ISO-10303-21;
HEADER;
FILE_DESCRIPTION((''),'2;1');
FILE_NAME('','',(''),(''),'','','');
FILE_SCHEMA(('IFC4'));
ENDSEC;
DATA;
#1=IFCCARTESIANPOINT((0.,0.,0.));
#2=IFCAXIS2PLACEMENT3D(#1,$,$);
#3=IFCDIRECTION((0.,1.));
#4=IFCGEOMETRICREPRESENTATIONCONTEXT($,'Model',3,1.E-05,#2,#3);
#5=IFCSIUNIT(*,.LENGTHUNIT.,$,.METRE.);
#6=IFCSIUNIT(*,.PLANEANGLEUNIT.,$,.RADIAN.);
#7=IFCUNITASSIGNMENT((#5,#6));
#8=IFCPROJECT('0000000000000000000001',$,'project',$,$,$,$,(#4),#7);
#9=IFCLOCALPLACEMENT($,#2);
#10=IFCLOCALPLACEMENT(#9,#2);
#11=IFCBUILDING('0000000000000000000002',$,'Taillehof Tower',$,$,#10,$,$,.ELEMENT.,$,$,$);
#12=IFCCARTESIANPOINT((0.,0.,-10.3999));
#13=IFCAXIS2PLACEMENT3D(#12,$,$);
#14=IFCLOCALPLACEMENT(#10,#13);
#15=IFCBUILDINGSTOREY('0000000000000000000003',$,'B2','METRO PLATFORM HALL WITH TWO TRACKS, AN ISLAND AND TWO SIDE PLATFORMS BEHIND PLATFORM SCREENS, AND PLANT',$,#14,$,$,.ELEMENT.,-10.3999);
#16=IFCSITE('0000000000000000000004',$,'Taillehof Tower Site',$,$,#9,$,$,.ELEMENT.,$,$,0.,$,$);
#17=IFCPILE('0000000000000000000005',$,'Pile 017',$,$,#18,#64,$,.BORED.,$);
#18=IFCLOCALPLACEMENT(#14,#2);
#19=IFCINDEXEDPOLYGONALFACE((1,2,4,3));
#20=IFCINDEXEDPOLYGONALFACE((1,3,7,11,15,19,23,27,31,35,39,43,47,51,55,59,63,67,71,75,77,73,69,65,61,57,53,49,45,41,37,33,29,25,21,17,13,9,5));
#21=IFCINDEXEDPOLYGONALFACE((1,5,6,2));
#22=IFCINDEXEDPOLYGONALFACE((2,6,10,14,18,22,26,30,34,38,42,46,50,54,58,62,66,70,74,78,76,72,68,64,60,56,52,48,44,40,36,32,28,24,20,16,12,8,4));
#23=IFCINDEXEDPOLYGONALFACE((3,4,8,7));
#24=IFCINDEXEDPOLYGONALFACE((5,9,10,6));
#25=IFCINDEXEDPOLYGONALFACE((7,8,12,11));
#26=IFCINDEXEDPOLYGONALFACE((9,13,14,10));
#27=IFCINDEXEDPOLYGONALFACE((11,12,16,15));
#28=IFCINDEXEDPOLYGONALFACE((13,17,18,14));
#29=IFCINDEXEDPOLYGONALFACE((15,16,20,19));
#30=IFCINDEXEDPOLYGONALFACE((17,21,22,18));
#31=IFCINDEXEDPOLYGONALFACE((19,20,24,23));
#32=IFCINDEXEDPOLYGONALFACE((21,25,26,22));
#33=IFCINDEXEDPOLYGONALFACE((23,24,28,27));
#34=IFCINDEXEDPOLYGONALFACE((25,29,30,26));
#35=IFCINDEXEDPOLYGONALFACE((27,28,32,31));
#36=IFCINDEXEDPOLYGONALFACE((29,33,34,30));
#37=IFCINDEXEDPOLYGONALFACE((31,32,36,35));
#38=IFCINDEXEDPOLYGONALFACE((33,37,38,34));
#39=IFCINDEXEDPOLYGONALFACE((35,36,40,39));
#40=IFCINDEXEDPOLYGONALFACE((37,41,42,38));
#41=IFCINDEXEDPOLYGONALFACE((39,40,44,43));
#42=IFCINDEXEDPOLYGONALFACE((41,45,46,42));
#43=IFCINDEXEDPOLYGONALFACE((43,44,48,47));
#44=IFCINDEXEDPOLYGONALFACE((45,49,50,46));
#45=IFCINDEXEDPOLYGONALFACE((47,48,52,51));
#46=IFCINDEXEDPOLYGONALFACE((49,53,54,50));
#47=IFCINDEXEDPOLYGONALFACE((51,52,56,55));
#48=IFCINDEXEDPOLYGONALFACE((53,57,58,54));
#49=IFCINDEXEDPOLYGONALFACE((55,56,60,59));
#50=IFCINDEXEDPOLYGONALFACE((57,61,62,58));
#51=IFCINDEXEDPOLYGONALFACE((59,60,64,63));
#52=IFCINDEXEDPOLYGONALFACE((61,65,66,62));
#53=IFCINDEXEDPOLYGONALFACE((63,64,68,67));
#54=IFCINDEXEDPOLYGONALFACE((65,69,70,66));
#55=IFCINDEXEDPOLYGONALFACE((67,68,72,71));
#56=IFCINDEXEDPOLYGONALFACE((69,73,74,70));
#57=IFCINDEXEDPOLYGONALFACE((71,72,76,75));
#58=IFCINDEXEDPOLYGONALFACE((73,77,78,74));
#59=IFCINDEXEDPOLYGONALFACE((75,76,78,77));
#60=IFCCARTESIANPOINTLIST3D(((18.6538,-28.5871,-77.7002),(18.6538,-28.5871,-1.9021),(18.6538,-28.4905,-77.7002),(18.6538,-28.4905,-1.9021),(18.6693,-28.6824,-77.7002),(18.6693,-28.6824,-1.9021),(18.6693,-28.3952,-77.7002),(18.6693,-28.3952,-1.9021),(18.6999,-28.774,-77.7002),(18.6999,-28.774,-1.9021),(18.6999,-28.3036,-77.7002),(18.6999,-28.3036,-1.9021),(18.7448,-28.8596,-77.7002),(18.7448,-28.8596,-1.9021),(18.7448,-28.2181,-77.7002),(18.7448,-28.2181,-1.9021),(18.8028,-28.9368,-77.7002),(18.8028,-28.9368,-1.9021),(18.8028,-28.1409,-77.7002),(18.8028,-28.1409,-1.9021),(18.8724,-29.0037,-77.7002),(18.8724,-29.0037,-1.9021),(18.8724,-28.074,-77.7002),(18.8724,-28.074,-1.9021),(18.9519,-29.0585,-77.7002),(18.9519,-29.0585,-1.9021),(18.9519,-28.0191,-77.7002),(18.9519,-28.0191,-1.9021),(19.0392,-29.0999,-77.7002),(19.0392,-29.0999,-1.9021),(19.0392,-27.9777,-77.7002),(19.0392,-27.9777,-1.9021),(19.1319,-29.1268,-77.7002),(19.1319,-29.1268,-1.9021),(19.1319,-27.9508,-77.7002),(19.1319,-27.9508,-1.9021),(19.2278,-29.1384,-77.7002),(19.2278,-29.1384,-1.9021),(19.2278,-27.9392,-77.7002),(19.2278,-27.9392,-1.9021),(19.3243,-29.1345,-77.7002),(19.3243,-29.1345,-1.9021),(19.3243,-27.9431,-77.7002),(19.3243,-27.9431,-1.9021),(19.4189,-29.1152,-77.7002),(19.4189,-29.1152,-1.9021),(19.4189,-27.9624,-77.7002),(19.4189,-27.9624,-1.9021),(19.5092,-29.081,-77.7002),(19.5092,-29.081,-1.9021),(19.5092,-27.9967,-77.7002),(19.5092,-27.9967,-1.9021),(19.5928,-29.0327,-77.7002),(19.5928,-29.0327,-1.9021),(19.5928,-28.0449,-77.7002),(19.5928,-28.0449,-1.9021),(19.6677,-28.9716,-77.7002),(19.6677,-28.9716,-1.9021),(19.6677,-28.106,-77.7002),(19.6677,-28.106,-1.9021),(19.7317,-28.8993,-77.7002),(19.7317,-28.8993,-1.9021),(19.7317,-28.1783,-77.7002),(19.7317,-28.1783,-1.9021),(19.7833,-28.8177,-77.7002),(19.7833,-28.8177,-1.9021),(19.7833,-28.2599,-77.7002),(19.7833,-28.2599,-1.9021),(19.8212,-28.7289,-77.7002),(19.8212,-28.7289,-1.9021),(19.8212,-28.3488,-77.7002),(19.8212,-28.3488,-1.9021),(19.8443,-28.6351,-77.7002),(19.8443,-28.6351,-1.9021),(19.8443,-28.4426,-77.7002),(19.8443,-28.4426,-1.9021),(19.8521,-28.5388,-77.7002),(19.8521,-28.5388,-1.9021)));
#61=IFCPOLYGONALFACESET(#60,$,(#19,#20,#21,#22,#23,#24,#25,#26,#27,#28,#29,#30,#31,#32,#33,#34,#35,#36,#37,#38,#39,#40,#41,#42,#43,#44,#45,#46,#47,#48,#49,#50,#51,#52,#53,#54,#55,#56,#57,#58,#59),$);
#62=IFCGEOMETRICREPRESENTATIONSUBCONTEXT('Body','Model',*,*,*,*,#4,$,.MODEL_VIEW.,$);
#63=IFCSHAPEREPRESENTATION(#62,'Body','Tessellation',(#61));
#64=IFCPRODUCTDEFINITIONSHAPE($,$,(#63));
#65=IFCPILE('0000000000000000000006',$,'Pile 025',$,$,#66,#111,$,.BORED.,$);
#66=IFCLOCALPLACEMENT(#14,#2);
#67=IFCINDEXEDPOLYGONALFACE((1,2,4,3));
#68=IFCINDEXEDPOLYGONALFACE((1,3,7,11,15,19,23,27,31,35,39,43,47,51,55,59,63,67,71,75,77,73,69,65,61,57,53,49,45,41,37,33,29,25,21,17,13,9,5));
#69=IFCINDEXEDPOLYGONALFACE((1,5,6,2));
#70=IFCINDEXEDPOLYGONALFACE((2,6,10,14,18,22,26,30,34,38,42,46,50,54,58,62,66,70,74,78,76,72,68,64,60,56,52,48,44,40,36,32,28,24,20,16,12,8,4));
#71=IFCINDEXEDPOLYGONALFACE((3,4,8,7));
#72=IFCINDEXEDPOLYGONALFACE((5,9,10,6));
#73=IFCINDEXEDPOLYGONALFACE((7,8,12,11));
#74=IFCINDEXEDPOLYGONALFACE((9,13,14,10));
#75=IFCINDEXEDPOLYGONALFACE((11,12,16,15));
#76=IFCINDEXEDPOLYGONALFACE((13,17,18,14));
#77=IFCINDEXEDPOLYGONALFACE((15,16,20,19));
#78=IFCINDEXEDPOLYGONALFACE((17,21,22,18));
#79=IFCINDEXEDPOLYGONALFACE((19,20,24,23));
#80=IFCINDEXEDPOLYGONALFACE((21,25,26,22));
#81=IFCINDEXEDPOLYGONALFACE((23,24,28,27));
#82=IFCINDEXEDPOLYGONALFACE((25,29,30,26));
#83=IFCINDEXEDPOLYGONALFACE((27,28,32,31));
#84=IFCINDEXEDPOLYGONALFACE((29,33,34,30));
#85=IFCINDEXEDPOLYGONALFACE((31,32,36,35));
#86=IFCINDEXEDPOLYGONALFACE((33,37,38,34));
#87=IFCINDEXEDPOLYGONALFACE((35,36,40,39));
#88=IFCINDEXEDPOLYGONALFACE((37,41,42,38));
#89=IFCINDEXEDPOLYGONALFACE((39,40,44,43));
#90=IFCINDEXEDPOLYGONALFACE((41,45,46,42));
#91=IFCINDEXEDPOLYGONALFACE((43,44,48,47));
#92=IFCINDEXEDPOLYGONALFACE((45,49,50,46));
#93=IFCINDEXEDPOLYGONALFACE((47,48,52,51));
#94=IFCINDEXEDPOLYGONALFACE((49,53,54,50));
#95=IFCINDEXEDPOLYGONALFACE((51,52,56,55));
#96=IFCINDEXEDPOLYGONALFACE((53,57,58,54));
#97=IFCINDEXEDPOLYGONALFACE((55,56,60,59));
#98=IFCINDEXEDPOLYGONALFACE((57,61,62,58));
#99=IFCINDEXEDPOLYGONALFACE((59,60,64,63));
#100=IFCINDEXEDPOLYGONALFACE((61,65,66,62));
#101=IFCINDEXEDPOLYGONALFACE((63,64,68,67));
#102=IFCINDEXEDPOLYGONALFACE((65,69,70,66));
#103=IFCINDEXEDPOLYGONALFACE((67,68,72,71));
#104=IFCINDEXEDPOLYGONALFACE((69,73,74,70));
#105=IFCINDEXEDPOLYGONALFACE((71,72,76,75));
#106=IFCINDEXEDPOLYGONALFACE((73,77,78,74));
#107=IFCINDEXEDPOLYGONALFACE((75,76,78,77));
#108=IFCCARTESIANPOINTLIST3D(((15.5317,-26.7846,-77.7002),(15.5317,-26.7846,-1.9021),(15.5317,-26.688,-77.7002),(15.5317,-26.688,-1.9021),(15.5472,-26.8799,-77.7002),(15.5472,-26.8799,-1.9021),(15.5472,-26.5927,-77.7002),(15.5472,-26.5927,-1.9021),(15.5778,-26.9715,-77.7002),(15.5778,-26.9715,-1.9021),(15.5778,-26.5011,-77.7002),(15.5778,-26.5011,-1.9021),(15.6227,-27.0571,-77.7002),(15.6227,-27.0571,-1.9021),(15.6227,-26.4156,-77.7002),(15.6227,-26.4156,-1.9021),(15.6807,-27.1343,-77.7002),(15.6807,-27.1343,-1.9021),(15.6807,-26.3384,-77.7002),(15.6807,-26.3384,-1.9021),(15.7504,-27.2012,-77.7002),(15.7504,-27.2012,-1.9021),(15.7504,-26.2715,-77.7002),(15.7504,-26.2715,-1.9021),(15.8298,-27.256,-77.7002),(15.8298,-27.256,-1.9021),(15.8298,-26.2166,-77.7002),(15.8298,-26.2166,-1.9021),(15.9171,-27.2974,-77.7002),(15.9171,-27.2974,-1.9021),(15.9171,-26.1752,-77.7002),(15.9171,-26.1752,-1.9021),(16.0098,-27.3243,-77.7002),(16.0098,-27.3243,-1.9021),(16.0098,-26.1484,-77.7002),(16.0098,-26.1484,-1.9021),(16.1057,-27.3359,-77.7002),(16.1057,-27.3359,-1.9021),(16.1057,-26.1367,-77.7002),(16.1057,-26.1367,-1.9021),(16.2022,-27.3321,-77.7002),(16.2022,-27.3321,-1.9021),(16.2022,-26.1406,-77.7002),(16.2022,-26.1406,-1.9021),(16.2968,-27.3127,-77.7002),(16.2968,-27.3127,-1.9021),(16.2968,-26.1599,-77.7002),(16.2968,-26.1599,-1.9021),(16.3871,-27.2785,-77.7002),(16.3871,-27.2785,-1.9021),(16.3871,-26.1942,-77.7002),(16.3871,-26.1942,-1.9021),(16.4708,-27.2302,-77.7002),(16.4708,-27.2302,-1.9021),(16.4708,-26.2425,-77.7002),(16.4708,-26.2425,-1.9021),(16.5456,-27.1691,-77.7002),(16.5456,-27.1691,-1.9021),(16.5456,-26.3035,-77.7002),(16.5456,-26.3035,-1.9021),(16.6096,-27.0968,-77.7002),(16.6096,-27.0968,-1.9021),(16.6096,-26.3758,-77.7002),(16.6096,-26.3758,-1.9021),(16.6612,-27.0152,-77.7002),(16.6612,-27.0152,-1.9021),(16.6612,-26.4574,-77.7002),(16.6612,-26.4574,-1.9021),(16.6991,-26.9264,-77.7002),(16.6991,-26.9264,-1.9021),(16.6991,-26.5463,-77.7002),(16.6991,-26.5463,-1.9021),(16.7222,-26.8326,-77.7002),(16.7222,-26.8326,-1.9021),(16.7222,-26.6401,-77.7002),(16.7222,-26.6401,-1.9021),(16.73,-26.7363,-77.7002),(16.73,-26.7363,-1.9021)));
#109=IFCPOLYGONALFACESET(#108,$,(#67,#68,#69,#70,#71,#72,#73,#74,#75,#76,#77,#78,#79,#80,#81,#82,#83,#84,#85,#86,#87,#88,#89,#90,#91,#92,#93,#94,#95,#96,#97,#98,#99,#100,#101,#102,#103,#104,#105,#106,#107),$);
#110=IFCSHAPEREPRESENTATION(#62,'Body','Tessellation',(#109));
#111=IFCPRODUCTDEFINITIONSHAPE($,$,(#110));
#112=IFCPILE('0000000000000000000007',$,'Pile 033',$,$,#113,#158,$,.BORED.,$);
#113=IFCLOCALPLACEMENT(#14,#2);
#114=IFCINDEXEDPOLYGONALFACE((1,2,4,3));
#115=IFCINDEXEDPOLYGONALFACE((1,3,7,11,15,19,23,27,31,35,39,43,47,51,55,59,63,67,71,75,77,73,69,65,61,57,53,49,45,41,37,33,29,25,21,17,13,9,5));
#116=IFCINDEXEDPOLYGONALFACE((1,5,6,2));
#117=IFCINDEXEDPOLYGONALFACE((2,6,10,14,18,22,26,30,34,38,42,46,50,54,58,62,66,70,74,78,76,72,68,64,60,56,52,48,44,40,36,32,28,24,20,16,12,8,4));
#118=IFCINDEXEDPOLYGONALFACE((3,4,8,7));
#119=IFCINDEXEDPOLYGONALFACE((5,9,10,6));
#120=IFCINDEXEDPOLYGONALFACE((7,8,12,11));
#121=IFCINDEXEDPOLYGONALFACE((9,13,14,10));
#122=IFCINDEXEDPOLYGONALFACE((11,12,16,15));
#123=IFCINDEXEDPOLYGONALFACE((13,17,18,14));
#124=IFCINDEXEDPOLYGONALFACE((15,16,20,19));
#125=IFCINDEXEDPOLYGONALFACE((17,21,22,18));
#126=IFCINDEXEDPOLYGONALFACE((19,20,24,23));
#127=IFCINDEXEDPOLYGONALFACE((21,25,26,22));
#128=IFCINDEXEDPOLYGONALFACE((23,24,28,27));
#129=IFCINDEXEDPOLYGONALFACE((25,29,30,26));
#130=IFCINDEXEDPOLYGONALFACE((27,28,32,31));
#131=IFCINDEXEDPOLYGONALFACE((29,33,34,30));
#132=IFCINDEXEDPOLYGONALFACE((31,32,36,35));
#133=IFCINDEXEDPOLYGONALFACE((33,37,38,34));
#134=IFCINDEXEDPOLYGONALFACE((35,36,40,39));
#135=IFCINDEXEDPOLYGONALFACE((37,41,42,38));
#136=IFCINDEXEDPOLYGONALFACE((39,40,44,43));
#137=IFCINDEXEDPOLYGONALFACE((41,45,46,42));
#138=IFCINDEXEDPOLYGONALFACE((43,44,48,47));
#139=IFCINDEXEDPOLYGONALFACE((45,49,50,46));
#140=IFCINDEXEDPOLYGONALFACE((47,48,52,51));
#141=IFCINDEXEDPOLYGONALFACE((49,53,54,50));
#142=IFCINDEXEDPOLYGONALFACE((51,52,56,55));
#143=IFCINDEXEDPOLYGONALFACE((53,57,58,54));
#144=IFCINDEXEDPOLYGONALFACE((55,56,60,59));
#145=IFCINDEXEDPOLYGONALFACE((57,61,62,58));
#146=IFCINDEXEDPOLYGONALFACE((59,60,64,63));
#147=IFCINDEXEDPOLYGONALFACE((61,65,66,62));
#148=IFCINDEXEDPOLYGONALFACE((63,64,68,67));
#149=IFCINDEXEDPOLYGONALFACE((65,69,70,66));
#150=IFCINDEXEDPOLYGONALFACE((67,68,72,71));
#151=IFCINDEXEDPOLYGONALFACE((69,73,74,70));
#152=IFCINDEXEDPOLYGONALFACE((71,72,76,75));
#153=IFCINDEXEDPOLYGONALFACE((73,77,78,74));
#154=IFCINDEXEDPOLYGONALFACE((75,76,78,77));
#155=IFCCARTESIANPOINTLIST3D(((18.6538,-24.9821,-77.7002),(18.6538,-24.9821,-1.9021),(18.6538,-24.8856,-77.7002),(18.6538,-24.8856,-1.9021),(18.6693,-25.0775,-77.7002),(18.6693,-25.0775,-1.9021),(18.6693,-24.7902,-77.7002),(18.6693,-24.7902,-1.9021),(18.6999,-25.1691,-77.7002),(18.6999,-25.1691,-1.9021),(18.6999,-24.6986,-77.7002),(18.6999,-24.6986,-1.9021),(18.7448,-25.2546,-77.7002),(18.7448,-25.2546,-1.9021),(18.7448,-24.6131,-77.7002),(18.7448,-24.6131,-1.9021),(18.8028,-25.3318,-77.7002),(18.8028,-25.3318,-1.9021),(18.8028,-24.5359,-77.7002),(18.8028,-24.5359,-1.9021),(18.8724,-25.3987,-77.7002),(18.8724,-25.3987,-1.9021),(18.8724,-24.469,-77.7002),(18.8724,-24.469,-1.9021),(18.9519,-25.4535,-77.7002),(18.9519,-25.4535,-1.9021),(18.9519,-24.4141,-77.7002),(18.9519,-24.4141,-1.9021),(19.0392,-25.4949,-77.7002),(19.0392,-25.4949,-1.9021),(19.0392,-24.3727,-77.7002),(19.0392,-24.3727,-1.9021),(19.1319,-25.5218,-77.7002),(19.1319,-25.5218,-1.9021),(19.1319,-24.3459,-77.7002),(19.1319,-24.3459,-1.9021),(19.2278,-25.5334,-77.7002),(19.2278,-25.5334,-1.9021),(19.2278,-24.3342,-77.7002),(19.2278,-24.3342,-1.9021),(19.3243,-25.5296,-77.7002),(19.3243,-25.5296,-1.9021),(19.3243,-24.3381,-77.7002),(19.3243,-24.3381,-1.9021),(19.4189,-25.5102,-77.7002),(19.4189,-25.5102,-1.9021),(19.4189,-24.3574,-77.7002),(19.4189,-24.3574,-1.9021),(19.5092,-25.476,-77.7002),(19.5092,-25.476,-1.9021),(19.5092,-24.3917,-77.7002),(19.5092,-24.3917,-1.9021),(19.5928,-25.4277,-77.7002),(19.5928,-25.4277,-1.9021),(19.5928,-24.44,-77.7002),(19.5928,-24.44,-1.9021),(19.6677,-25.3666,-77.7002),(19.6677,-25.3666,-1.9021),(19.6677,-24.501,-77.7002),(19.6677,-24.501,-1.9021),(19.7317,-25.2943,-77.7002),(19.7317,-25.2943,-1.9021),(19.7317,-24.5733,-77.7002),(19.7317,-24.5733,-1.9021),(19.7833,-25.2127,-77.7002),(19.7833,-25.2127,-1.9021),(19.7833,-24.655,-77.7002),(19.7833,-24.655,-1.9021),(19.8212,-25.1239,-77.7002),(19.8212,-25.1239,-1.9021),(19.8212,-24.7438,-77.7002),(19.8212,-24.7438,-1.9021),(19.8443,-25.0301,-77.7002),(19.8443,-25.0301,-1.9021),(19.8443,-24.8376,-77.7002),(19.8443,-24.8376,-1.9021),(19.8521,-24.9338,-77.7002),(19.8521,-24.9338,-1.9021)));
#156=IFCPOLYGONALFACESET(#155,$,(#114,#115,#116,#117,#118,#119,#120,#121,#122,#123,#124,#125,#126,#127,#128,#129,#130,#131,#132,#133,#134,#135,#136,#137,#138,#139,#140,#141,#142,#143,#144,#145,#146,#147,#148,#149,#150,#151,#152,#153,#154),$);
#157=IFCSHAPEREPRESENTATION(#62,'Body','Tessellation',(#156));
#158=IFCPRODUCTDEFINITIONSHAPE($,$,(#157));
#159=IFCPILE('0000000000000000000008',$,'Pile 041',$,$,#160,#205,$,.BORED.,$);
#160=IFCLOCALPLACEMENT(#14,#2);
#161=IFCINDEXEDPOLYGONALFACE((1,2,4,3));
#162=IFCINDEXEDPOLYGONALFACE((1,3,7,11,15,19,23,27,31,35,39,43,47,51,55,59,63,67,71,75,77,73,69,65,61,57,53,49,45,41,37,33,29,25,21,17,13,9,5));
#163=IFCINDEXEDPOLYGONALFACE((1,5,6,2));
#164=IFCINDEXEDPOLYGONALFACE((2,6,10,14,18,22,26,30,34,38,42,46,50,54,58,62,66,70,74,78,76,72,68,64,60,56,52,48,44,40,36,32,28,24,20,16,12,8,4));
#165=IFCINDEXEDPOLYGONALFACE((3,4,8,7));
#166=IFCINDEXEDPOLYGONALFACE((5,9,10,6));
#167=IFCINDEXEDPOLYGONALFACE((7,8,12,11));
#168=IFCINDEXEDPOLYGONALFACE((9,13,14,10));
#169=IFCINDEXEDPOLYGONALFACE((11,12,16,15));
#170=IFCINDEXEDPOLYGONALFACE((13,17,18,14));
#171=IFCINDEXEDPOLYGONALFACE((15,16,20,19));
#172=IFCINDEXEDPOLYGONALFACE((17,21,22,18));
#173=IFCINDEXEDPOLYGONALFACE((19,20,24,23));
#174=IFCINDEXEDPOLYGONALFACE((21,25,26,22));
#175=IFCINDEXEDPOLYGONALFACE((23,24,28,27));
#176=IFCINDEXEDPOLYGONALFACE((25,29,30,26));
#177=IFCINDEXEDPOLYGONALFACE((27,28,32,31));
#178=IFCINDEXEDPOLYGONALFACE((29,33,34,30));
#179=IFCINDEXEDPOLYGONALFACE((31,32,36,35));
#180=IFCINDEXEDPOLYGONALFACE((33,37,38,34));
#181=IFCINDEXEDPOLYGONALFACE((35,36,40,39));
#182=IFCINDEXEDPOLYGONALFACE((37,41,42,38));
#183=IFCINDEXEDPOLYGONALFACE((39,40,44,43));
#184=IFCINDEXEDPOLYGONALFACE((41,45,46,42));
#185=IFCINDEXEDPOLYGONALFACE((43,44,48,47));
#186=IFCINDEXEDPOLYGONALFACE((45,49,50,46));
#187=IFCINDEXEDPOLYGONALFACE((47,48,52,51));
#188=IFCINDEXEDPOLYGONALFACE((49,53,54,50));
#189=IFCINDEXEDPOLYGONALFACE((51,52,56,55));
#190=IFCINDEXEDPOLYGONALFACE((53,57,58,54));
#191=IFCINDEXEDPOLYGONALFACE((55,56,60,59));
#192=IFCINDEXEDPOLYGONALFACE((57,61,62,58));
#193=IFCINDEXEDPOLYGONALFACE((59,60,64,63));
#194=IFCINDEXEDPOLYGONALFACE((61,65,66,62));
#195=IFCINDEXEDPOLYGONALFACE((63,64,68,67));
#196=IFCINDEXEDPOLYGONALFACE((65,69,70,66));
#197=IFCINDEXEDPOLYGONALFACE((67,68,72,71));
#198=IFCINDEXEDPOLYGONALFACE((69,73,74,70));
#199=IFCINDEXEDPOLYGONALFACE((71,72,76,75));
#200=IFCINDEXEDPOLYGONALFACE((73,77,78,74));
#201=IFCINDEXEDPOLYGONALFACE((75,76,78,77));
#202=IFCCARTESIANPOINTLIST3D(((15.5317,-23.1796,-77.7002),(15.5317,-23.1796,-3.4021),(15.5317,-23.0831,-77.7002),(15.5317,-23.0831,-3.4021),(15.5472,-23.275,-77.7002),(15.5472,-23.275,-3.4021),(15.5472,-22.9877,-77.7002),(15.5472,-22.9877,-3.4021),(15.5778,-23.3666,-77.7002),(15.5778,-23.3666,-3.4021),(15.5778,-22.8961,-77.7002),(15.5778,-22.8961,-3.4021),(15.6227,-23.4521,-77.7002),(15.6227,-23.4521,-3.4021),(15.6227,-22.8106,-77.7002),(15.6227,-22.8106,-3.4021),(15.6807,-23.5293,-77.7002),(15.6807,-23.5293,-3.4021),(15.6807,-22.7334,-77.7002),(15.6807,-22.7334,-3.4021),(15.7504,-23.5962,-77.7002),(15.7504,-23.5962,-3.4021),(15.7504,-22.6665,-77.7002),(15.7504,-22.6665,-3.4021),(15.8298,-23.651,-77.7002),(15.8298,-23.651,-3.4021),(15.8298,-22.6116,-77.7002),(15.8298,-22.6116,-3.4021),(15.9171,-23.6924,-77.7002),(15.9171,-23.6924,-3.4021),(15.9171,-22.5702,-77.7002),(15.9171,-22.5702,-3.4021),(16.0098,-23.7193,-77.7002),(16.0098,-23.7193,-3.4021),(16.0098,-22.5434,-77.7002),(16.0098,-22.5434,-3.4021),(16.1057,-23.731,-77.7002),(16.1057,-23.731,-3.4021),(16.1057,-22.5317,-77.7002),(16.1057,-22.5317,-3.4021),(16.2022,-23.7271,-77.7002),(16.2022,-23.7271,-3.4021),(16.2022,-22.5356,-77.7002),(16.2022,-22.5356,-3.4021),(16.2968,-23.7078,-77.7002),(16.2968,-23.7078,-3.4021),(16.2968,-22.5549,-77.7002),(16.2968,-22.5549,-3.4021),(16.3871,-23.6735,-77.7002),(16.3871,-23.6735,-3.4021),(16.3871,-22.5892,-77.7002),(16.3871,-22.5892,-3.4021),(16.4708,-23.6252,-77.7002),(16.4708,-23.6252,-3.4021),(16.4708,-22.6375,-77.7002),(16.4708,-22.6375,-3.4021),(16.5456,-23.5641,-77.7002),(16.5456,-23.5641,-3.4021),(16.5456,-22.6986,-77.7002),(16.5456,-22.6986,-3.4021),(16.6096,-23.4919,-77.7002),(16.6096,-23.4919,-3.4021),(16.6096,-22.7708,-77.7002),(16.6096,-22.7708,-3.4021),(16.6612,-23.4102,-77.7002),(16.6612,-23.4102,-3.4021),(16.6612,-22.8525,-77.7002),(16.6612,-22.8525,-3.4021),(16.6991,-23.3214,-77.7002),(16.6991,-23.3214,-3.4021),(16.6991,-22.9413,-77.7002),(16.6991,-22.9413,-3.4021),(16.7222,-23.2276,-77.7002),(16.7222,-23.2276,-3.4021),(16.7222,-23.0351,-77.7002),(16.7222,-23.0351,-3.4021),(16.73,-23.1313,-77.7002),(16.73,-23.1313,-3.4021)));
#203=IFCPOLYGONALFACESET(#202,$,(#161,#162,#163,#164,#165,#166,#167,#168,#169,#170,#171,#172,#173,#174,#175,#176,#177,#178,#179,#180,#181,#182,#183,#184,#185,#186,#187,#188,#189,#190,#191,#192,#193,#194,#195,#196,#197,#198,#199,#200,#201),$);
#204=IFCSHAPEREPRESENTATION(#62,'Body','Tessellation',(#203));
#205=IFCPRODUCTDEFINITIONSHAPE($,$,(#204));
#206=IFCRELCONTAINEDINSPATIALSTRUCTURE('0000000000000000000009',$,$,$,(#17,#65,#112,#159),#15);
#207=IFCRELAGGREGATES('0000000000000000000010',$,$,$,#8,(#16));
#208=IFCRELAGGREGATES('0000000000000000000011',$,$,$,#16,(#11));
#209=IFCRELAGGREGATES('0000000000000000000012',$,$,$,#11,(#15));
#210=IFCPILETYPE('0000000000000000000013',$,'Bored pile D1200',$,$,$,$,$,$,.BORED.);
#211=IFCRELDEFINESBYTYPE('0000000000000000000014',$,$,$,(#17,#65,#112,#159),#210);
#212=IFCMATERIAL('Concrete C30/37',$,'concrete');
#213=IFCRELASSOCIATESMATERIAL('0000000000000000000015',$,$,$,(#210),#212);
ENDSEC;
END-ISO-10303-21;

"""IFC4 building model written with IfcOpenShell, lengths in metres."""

from ifc_helpers import new_model, si_unit, direction, frame, origin, origin_2d, place, context, subcontext, project, spatial, circle, extrude, material, material_profile, profile_set, type_object, element, save


model = new_model("IFC4")

# Units and contexts
model_context = context("Model", 3, precision=1e-05, world=origin(), true_north=direction((0.0, 1.0)))
body_context = subcontext(model_context, "Body", "Model", "MODEL_VIEW")
ifc_project = project(units=[si_unit("LENGTHUNIT", "METRE"), si_unit("PLANEANGLEUNIT", "RADIAN")], contexts=[model_context])

# Site, building, storey
site_placement = place(None, origin())
site = spatial("IfcSite", under=ifc_project, at=site_placement, Name="Taillehof Tower Site", CompositionType="ELEMENT", RefElevation=0.0)
building_placement = place(site_placement, origin())
building = spatial("IfcBuilding", under=site, at=building_placement, Name="Taillehof Tower", CompositionType="ELEMENT")
storey_placement = place(building_placement, frame((0.0, 0.0, -10.3999)))
storey = spatial("IfcBuildingStorey", under=building, at=storey_placement, Name="B2", Description="METRO PLATFORM HALL WITH TWO TRACKS, AN ISLAND AND TWO SIDE PLATFORMS BEHIND PLATFORM SCREENS, AND PLANT", CompositionType="ELEMENT", Elevation=-10.3999)

# Piles
ifc_material_1 = material(Name="Concrete C30/37", Category="concrete")
ifc_material_profile_1 = material_profile(ifc_material_1, circle(Radius=0.6001, at=origin_2d()), Name="BP D1200")
ifc_profile_set_1 = profile_set([ifc_material_profile_1], Name="Concrete C30/37")
pile_type = type_object("IfcPileType", Name="Bored pile D1200", PredefinedType="BORED", material=ifc_profile_set_1)
for number, where, z_axis, x_axis, name in (
    (1, (19.252, -28.5388, -1.9021), (0.0, 0.0, -1.0), (1.0, 0.0, 0.0), "Pile 017"),
    (2, (16.1299, -26.7363, -1.9021), (0.0, 0.0, -1.0), (1.0, 0.0, 0.0), "Pile 025"),
    (3, (19.252, -24.9338, -1.9021), (0.0, 0.0, -1.0), (1.0, 0.0, 0.0), "Pile 033"),
):
    element("IfcPile", number, at=place(storey_placement, frame(where, z_axis=z_axis, x_axis=x_axis)), inside=storey, type_object=pile_type, Name=name, PredefinedType="BORED", context=body_context, shape_type="SweptSolid", body=[
        extrude(circle(Radius=0.6001, at=origin_2d()), origin(), (0.0, 0.0, 1.0), 75.7981),
    ])
for number, where, z_axis, x_axis, name in (
    (4, (16.1299, -23.1313, -3.4021), (0.0, 0.0, -1.0), (1.0, 0.0, 0.0), "Pile 041"),
):
    element("IfcPile", number, at=place(storey_placement, frame(where, z_axis=z_axis, x_axis=x_axis)), inside=storey, type_object=pile_type, Name=name, PredefinedType="BORED", context=body_context, shape_type="SweptSolid", body=[
        extrude(circle(Radius=0.6001, at=origin_2d()), origin(), (0.0, 0.0, 1.0), 74.2981),
    ])

save(model, "model.ifc")
